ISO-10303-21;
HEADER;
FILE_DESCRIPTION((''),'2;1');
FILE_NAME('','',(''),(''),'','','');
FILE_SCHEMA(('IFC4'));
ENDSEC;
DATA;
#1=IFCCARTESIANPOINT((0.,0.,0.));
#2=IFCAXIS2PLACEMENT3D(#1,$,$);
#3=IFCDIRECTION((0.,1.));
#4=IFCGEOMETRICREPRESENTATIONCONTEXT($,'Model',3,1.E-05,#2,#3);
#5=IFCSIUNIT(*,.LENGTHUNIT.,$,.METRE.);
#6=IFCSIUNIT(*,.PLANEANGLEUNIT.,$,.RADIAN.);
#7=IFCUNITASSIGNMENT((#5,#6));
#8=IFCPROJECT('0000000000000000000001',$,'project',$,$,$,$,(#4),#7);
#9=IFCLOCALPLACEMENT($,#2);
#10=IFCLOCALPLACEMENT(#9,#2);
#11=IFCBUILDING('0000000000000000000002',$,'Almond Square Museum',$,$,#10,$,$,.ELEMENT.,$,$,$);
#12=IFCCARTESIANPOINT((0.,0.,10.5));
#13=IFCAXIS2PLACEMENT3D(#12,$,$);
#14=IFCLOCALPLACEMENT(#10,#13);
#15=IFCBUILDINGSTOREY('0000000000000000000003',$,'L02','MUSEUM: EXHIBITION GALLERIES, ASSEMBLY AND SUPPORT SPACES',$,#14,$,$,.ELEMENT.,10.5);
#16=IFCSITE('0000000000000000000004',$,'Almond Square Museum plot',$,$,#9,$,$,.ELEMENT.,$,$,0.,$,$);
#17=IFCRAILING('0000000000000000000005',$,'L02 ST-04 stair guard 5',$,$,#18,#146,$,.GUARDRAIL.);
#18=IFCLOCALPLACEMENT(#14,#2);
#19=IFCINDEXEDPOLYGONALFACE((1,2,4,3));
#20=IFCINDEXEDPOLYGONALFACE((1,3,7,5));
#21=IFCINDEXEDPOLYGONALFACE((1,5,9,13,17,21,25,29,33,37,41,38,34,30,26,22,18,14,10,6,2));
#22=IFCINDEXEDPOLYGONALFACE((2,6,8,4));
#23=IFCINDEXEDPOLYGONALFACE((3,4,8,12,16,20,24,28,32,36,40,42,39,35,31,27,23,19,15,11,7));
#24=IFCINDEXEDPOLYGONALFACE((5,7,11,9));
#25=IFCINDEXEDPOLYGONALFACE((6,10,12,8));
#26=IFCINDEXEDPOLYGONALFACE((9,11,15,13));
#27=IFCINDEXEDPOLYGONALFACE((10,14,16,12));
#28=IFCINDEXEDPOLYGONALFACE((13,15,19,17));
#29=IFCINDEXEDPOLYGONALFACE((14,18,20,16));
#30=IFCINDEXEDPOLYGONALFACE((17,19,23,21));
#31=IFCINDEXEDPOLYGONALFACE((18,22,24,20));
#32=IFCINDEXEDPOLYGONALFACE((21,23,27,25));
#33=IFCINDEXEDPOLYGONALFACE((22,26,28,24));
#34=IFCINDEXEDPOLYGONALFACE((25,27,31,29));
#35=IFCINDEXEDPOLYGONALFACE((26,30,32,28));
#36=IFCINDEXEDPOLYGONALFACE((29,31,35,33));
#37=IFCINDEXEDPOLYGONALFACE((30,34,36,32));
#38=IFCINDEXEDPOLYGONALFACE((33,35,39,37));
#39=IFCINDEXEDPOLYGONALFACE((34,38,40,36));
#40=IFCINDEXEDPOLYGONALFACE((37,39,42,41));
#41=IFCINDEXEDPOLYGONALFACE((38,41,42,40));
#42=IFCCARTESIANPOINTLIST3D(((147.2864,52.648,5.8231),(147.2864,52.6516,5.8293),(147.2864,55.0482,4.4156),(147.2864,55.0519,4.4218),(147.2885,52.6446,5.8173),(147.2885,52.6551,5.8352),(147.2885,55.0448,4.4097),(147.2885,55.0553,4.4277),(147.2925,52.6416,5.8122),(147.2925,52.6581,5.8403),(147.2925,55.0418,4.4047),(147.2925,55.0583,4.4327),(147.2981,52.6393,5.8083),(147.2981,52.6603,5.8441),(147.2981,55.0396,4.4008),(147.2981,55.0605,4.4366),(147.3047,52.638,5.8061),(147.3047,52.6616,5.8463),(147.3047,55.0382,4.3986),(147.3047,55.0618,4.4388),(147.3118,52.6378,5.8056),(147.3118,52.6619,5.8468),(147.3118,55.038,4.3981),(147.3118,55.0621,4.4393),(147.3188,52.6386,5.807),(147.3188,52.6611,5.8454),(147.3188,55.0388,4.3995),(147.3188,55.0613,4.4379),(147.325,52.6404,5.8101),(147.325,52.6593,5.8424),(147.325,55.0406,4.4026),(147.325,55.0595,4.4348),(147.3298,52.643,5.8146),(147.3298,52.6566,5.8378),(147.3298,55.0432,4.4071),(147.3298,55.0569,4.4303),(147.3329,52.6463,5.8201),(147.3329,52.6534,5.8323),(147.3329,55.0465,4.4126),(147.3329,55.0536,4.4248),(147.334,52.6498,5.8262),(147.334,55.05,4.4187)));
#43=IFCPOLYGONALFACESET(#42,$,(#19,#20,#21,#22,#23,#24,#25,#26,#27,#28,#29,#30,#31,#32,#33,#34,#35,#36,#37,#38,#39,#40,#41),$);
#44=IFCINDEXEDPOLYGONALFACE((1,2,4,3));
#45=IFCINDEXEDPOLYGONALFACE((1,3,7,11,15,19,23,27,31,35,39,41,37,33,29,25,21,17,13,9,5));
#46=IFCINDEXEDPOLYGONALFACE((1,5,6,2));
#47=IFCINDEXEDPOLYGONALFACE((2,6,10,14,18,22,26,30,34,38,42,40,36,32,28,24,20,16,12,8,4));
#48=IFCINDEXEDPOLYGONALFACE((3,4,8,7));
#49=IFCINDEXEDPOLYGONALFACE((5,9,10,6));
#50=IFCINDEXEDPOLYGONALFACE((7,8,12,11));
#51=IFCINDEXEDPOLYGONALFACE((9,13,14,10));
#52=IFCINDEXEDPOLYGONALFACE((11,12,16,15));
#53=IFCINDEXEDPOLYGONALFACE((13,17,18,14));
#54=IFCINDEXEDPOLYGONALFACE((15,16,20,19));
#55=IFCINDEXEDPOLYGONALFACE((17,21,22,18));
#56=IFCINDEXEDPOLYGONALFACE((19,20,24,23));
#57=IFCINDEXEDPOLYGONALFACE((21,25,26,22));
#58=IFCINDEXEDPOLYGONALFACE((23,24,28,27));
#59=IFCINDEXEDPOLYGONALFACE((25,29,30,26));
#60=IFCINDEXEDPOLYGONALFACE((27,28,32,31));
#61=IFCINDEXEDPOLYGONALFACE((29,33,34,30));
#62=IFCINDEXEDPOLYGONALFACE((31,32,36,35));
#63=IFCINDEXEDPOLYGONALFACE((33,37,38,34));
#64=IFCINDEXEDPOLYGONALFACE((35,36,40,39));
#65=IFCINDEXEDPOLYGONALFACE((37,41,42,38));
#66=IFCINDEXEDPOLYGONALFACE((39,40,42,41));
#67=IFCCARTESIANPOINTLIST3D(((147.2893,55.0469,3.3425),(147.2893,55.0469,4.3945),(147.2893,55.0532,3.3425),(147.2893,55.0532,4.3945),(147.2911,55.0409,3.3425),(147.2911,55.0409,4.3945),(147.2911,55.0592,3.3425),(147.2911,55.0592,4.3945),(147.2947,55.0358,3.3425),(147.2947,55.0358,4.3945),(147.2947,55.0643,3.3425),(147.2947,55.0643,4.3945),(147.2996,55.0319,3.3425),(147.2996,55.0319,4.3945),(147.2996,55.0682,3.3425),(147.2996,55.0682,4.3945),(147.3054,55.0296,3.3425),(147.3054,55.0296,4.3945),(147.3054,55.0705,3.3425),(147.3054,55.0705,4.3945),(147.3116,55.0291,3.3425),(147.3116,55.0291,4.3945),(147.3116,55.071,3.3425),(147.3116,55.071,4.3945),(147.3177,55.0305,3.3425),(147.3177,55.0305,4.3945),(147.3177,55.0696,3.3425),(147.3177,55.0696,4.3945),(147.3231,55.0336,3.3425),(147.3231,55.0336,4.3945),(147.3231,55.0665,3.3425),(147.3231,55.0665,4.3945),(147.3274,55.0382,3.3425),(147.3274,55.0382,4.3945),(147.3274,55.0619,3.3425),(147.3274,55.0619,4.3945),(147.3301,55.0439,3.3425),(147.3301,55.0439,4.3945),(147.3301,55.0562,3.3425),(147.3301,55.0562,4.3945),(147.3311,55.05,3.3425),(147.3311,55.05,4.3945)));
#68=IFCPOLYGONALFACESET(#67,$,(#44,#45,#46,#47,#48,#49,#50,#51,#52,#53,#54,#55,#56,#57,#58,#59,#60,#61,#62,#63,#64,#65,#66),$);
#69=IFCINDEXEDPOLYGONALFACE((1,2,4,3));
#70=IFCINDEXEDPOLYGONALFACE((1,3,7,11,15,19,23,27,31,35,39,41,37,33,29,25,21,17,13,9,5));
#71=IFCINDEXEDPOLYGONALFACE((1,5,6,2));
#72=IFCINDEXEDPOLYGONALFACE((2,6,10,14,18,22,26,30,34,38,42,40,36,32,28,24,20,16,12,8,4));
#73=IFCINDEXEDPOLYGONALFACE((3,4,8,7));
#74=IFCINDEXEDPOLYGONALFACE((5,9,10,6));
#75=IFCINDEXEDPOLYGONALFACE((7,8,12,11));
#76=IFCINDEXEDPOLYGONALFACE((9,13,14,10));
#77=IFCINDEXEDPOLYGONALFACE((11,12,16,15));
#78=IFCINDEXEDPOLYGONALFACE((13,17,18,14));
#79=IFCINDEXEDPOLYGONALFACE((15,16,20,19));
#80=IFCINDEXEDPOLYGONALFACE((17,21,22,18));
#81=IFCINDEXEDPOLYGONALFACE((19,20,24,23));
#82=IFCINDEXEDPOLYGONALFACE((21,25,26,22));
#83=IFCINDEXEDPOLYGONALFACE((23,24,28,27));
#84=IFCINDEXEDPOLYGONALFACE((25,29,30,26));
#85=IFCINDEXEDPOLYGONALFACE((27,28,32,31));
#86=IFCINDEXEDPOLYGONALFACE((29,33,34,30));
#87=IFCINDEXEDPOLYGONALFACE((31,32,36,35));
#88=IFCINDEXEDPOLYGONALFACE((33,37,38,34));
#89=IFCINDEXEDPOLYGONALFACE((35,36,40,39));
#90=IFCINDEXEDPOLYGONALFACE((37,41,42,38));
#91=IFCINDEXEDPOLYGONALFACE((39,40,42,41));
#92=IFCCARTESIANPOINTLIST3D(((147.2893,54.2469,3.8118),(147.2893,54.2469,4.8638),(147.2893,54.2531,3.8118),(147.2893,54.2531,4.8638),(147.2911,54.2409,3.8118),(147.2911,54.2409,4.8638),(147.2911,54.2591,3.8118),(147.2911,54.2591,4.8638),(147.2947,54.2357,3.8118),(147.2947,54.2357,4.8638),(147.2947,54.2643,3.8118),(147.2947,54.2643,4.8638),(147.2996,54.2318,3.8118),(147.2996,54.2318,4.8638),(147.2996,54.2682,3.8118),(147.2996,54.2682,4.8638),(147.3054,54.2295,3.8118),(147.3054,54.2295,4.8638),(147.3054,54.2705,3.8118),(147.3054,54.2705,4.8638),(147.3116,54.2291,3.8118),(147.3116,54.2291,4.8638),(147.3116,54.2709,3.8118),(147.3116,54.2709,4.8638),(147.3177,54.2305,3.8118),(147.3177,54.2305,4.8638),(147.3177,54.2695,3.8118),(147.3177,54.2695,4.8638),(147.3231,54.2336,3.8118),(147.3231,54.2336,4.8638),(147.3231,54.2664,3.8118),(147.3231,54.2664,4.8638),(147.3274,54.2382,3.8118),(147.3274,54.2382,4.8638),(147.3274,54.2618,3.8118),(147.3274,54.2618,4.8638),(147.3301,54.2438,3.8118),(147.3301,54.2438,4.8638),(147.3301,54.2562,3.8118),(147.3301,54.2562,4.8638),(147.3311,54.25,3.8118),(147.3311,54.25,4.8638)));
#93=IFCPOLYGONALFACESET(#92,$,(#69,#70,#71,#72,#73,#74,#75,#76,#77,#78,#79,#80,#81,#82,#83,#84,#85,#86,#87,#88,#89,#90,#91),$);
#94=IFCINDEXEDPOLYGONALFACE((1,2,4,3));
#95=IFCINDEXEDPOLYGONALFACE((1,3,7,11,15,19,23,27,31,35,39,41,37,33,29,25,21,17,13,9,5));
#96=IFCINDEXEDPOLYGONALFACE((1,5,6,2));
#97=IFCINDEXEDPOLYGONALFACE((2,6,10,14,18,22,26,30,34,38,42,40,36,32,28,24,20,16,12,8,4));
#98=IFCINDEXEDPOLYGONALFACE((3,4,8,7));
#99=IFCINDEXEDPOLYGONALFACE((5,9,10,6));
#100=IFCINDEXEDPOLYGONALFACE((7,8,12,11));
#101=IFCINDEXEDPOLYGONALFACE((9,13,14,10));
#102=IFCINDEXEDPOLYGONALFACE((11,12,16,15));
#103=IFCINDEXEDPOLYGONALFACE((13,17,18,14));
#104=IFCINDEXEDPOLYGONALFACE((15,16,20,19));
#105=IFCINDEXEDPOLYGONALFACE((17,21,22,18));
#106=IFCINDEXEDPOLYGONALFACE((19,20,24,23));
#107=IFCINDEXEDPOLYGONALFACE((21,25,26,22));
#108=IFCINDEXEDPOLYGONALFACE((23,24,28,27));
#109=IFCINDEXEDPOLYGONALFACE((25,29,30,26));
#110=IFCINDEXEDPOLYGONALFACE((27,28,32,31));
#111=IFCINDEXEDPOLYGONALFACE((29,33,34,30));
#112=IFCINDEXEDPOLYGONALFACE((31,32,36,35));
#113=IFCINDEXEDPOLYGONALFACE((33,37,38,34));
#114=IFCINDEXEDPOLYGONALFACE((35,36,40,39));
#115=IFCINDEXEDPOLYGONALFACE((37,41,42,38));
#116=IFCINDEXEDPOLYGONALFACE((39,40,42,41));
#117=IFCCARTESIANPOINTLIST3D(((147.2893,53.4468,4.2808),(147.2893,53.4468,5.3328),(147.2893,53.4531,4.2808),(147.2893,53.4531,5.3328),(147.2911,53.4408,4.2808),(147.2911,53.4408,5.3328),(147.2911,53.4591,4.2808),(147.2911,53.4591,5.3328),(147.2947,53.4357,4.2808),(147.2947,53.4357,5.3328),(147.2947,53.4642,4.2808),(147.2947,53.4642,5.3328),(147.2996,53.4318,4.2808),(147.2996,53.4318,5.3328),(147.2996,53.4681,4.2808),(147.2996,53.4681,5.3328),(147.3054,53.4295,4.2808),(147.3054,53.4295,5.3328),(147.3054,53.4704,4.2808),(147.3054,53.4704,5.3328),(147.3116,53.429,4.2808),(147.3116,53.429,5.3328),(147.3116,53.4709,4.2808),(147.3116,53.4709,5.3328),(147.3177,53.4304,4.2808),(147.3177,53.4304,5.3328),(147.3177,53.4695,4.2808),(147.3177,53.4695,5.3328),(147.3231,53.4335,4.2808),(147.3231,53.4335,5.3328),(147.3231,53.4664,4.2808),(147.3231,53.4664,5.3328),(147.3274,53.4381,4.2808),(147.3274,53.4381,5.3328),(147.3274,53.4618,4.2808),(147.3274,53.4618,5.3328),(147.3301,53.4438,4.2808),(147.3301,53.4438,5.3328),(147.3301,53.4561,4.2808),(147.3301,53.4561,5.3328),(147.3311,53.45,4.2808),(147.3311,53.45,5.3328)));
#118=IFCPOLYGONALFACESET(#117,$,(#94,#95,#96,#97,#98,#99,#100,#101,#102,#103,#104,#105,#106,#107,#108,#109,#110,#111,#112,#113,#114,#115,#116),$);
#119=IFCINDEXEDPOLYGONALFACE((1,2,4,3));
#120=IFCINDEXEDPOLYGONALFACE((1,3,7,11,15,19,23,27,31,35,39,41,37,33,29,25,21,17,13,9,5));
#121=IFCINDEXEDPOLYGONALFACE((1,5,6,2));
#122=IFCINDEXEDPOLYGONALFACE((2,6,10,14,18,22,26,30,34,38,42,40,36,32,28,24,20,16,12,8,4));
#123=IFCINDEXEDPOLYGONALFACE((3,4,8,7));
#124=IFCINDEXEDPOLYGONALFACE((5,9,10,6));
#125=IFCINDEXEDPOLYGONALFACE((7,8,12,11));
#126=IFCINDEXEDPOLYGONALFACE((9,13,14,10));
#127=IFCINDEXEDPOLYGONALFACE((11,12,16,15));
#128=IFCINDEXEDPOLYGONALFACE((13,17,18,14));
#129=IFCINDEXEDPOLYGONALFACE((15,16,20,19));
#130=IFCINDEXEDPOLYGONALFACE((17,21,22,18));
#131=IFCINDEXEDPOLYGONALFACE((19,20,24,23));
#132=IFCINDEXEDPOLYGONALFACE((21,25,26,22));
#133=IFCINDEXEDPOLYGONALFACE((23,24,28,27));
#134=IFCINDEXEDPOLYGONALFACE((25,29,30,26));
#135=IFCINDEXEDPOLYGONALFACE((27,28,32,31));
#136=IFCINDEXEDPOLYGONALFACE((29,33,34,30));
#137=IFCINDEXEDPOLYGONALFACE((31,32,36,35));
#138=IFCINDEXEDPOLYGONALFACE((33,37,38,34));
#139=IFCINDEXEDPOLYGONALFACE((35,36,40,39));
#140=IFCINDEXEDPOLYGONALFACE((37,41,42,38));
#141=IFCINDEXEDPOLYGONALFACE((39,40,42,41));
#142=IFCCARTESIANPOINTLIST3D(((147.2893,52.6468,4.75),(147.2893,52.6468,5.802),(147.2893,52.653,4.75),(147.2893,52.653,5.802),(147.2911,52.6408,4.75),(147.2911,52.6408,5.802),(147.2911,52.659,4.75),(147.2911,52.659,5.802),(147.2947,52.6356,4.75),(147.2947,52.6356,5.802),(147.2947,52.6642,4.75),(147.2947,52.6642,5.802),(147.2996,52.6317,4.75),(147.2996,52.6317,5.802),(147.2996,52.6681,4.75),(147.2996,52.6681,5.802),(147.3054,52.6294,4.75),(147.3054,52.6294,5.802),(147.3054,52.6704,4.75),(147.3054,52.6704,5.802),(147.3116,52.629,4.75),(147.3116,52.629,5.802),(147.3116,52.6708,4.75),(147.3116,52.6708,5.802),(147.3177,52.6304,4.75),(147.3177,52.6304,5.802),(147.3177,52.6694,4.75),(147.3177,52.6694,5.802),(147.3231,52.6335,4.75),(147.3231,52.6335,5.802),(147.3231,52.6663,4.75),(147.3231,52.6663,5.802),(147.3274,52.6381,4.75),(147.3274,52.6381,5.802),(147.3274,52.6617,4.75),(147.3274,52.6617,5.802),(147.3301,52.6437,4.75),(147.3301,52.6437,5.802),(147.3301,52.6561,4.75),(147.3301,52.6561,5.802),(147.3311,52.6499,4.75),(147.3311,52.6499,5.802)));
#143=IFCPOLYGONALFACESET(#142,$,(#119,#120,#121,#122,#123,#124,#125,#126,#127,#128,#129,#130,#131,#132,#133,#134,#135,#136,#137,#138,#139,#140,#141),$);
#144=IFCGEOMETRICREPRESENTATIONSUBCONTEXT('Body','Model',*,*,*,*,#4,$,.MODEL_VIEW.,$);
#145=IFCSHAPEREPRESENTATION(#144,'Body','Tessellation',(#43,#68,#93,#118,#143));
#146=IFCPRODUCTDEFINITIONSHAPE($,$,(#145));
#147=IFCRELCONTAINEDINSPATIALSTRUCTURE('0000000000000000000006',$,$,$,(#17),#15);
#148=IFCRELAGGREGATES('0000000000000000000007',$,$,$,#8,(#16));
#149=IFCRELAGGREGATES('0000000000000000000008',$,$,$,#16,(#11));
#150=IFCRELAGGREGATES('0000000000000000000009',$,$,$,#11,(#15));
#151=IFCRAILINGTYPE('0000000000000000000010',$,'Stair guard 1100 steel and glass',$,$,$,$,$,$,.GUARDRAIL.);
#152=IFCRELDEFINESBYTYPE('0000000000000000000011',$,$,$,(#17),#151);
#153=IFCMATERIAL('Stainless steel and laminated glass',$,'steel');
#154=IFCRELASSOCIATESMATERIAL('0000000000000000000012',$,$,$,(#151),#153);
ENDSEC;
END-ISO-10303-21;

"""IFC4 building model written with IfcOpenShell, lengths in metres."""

from ifc_helpers import new_model, si_unit, direction, frame, origin, origin_2d, place, context, subcontext, project, spatial, circle, extrude, material, type_object, element, save


model = new_model("IFC4")

# Units and contexts
model_context = context("Model", 3, precision=1e-05, world=origin(), true_north=direction((0.0, 1.0)))
body_context = subcontext(model_context, "Body", "Model", "MODEL_VIEW")
ifc_project = project(units=[si_unit("LENGTHUNIT", "METRE"), si_unit("PLANEANGLEUNIT", "RADIAN")], contexts=[model_context])

# Site, building, storey
site_placement = place(None, origin())
site = spatial("IfcSite", under=ifc_project, at=site_placement, Name="Almond Square Museum plot", CompositionType="ELEMENT", RefElevation=0.0)
building_placement = place(site_placement, origin())
building = spatial("IfcBuilding", under=site, at=building_placement, Name="Almond Square Museum", CompositionType="ELEMENT")
storey_placement = place(building_placement, frame((0.0, 0.0, 10.5)))
storey = spatial("IfcBuildingStorey", under=building, at=storey_placement, Name="L02", Description="MUSEUM: EXHIBITION GALLERIES, ASSEMBLY AND SUPPORT SPACES", CompositionType="ELEMENT", Elevation=10.5)

# Railing
ifc_material_1 = material(Name="Stainless steel and laminated glass", Category="steel")
railing_type_1 = type_object("IfcRailingType", Name="Stair guard 1100 steel and glass", PredefinedType="GUARDRAIL", material=ifc_material_1)
railing_1_placement = place(storey_placement, frame((147.3101, 55.05, 3.3425)))
element("IfcRailing", 1, at=railing_1_placement, inside=storey, type_object=railing_type_1, Name="L02 ST-04 stair guard 5", PredefinedType="GUARDRAIL", context=body_context, shape_type="SweptSolid", body=[
    extrude(circle(Radius=0.0239, at=origin_2d()), frame((0.0, 0.0, 1.0762), z_axis=(0.0, -0.862621, 0.50585), x_axis=(1.0, 0.0, 0.0)), (0.0, 0.0, 1.0), 2.7825),
    extrude(circle(Radius=0.021, at=origin_2d()), origin(), (0.0, 0.0, 1.0), 1.052),
    extrude(circle(Radius=0.021, at=origin_2d()), frame((0.0, -0.8, 0.4692)), (0.0, 0.0, 1.0), 1.052),
    extrude(circle(Radius=0.021, at=origin_2d()), frame((0.0, -1.6001, 0.9382)), (0.0, 0.0, 1.0), 1.052),
    extrude(circle(Radius=0.021, at=origin_2d()), frame((0.0, -2.4001, 1.4075)), (0.0, 0.0, 1.0), 1.052),
])

save(model, "model.ifc")
